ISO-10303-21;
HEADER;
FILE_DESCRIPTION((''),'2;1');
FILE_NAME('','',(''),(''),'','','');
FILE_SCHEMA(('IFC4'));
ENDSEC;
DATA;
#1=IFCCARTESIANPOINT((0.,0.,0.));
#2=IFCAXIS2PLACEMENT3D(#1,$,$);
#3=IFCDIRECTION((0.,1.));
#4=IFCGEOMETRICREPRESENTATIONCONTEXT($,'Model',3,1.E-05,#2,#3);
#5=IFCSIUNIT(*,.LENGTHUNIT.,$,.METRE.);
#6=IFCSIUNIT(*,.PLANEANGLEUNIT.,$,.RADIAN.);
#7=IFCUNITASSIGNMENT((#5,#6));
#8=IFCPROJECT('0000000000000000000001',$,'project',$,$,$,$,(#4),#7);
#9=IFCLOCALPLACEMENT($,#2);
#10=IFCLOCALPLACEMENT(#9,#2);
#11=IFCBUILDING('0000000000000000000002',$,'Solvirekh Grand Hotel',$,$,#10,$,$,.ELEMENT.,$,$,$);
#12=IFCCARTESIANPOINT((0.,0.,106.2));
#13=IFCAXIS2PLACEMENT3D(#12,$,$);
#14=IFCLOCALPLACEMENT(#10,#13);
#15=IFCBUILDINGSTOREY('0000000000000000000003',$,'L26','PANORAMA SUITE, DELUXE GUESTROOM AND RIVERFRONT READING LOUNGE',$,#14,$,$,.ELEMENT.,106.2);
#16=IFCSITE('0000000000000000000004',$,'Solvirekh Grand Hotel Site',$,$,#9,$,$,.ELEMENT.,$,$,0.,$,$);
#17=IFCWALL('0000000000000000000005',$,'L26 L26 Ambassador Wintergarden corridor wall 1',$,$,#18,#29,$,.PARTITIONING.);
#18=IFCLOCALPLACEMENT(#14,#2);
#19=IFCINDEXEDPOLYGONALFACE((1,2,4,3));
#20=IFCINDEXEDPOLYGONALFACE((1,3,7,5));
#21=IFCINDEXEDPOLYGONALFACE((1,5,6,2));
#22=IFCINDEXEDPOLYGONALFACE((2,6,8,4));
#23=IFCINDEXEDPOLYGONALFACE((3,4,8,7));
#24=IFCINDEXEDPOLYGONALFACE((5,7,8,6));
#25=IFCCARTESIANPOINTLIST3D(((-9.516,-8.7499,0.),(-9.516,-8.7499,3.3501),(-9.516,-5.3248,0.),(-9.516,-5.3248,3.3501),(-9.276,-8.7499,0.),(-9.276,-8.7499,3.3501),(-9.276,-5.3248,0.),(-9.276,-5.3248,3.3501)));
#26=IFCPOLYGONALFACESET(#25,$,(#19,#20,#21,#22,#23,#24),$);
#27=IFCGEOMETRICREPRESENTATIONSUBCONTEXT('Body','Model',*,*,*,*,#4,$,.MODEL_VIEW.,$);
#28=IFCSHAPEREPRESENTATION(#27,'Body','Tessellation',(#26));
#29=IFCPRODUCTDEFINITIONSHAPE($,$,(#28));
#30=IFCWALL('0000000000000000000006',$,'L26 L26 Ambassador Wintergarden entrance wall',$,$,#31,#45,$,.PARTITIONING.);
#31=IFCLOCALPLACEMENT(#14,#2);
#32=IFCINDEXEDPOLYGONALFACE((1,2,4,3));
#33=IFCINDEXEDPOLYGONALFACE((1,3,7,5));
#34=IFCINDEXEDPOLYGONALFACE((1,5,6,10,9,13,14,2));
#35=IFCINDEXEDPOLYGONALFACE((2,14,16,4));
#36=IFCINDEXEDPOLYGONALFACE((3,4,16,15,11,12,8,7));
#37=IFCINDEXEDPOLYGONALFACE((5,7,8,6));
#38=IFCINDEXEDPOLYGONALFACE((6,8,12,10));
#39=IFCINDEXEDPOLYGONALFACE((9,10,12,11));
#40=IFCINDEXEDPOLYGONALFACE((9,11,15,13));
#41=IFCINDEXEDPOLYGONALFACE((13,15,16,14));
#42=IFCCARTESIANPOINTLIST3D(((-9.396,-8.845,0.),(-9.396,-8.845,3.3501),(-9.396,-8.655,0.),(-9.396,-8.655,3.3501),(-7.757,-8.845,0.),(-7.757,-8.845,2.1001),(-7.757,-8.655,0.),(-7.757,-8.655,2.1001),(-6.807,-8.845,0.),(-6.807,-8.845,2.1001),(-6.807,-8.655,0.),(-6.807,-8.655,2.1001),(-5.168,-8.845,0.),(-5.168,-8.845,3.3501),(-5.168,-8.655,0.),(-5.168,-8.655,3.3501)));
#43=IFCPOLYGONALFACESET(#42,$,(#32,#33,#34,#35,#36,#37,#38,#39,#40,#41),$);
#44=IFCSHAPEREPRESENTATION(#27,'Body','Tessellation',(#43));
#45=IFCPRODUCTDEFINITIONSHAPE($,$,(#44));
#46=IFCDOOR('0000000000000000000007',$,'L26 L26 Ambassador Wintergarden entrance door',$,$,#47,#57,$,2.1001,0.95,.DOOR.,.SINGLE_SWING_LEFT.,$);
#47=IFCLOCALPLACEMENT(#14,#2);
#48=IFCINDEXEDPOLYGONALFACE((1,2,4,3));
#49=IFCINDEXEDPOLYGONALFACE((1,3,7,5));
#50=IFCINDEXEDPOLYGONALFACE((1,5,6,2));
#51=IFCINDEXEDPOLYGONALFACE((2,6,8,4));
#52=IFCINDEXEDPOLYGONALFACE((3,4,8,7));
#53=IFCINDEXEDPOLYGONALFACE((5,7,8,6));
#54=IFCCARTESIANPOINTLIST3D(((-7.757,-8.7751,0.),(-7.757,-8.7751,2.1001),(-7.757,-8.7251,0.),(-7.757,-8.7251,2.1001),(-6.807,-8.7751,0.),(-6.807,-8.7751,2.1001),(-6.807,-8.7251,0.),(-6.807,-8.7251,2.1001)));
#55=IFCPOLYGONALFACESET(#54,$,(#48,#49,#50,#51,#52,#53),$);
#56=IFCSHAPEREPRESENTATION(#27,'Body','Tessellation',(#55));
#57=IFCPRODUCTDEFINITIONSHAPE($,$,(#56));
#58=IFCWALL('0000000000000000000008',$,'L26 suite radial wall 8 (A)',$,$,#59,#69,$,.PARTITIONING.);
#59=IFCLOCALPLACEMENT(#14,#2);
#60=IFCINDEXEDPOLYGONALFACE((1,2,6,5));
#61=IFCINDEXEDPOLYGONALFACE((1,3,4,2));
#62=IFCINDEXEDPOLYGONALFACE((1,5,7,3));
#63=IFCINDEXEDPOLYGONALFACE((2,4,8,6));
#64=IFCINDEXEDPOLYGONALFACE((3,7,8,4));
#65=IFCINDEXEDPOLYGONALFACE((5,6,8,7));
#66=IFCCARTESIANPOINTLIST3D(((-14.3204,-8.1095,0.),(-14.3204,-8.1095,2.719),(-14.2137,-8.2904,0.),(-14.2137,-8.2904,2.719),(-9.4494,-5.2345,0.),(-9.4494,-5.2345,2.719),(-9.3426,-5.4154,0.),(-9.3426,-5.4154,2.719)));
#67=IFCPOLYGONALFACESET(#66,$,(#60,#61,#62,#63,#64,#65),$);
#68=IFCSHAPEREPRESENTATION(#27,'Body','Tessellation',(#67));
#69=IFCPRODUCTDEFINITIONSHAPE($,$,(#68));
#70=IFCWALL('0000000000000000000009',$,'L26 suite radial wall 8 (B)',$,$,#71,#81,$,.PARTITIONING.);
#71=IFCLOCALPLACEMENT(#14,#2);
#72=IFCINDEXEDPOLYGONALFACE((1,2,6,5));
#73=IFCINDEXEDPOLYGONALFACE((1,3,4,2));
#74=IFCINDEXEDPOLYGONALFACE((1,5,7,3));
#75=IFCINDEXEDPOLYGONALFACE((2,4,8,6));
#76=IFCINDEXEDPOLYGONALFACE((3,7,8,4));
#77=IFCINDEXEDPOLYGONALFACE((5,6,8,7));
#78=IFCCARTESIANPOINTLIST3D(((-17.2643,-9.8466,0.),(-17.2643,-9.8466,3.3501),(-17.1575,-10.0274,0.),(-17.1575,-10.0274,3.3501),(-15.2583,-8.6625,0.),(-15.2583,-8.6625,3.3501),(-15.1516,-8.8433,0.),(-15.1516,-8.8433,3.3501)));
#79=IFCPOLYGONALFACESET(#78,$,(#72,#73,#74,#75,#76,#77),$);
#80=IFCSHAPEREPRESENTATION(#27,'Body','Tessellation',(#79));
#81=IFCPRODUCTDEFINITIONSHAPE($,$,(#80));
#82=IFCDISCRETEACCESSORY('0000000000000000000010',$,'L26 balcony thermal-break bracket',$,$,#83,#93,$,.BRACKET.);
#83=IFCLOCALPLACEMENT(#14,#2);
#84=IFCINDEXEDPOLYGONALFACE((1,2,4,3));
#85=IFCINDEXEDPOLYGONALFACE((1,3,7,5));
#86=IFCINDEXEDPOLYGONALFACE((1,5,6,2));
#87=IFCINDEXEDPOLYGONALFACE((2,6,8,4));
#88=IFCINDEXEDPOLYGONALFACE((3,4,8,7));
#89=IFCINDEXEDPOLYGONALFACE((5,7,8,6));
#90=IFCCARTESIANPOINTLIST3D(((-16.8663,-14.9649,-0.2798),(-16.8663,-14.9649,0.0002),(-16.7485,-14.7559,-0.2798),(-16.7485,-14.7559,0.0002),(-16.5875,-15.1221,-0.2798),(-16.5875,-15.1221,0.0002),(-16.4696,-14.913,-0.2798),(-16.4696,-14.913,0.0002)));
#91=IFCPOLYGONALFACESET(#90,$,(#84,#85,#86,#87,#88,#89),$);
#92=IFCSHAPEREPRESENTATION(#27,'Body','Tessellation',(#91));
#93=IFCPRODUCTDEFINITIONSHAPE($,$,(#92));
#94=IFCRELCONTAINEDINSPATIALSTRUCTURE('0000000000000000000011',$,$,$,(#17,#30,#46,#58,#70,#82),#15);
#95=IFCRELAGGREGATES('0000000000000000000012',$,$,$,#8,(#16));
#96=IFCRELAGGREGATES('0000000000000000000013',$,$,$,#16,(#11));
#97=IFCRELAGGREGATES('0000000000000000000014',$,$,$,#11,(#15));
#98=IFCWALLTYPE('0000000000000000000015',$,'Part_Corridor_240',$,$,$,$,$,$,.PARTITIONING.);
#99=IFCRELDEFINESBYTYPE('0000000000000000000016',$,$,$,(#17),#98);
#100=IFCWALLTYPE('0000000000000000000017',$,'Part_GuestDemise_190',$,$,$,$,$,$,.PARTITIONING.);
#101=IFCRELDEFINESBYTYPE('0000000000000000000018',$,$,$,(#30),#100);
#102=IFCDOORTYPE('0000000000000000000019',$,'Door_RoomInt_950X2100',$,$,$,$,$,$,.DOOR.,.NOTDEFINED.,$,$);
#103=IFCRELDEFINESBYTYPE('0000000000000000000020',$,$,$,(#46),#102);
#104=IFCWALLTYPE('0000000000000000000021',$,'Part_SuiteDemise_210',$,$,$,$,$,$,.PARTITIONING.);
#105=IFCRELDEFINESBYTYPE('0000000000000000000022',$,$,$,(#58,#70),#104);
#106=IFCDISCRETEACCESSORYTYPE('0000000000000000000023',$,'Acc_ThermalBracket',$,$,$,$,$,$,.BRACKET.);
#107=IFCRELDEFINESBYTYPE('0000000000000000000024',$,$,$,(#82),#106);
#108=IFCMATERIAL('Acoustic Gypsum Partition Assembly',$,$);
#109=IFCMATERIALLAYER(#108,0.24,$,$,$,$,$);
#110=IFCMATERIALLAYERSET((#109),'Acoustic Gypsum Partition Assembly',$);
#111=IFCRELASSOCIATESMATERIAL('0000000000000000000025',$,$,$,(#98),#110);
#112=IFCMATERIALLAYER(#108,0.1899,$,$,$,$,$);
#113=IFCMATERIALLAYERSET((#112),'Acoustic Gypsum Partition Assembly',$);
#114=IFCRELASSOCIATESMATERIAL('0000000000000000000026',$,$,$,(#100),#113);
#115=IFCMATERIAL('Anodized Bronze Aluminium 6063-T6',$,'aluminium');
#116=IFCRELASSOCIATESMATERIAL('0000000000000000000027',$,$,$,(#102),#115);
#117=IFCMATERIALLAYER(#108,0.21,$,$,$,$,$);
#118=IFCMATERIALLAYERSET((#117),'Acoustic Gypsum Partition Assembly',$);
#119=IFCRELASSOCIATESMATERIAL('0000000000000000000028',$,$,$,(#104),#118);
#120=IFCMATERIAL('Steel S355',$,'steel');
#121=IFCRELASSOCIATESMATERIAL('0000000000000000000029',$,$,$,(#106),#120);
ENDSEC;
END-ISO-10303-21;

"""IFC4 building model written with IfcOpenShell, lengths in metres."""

from ifc_helpers import new_model, si_unit, direction, frame, frame_2d, origin, origin_2d, place, context, subcontext, project, spatial, rectangle, extrude, material, layer, layer_set, type_object, element, fill, save


model = new_model("IFC4")

# Units and contexts
model_context = context("Model", 3, precision=1e-05, world=origin(), true_north=direction((0.0, 1.0)))
body_context = subcontext(model_context, "Body", "Model", "MODEL_VIEW")
ifc_project = project(units=[si_unit("LENGTHUNIT", "METRE"), si_unit("PLANEANGLEUNIT", "RADIAN")], contexts=[model_context])

# Site, building, storey
site_placement = place(None, origin())
site = spatial("IfcSite", under=ifc_project, at=site_placement, Name="Solvirekh Grand Hotel Site", CompositionType="ELEMENT", RefElevation=0.0)
building_placement = place(site_placement, origin())
building = spatial("IfcBuilding", under=site, at=building_placement, Name="Solvirekh Grand Hotel", CompositionType="ELEMENT")
storey_placement = place(building_placement, frame((0.0, 0.0, 106.2)))
storey = spatial("IfcBuildingStorey", under=building, at=storey_placement, Name="L26", Description="PANORAMA SUITE, DELUXE GUESTROOM AND RIVERFRONT READING LOUNGE", CompositionType="ELEMENT", Elevation=106.2)

# Shared definitions
ifc_material_1 = material(Name="Steel S355", Category="steel")

# Shared definitions
ifc_material_2 = material(Name="Anodized Bronze Aluminium 6063-T6", Category="aluminium")

# Wall
ifc_material_3 = material(Name="Acoustic Gypsum Partition Assembly")
ifc_layer_1 = layer(ifc_material_3, 0.24)
ifc_layer_set_1 = layer_set([ifc_layer_1], Name="Acoustic Gypsum Partition Assembly")
wall_type_1 = type_object("IfcWallType", Name="Part_Corridor_240", PredefinedType="PARTITIONING", material=ifc_layer_set_1)
wall_1_placement = place(storey_placement, frame((-9.396, -5.325, 0.0), z_axis=(0.0, 0.0, 1.0), x_axis=(0.0, -1.0, 0.0)))
element("IfcWall", 1, at=wall_1_placement, inside=storey, type_object=wall_type_1, Name="L26 L26 Ambassador Wintergarden corridor wall 1", PredefinedType="PARTITIONING", context=body_context, shape_type="SweptSolid", body=[
    extrude(rectangle(XDim=3.425, YDim=0.24, at=frame_2d((1.7124, 0.0))), origin(), (0.0, 0.0, 1.0), 3.3501),
])

# Wall, opening, door
ifc_layer_2 = layer(ifc_material_3, 0.1899)
ifc_layer_set_2 = layer_set([ifc_layer_2], Name="Acoustic Gypsum Partition Assembly")
wall_type_2 = type_object("IfcWallType", Name="Part_GuestDemise_190", PredefinedType="PARTITIONING", material=ifc_layer_set_2)
wall_2_placement = place(storey_placement, frame((-9.396, -8.75, 0.0), z_axis=(0.0, 0.0, 1.0), x_axis=(1.0, 0.0, 0.0)))
wall_2 = element("IfcWall", 2, at=wall_2_placement, inside=storey, type_object=wall_type_2, Name="L26 L26 Ambassador Wintergarden entrance wall", PredefinedType="PARTITIONING", context=body_context, shape_type="SweptSolid", body=[
    extrude(rectangle(XDim=4.228, YDim=0.1899, at=frame_2d((2.114, 0.0))), origin(), (0.0, 0.0, 1.0), 3.3501),
])
opening_1_placement = place(wall_2_placement, frame((1.6389, 0.0, 0.0)))
opening_1 = element("IfcOpeningElement", 3, at=opening_1_placement, cuts=wall_2, PredefinedType="OPENING", context=body_context, shape_type="SweptSolid", body=[
    extrude(rectangle(XDim=0.95, YDim=2.1001, at=frame_2d((0.4751, 1.05))), frame((0.0, 0.105, 0.0), z_axis=(0.0, -1.0, 0.0), x_axis=(1.0, 0.0, 0.0)), (0.0, 0.0, 1.0), 0.21),
])
door_type_1 = type_object("IfcDoorType", Name="Door_RoomInt_950X2100", OperationType="NOTDEFINED", PredefinedType="DOOR", material=ifc_material_2)
door_1_placement = place(opening_1_placement, origin())
door_1 = element("IfcDoor", 4, at=door_1_placement, inside=storey, type_object=door_type_1, Name="L26 L26 Ambassador Wintergarden entrance door", OperationType="SINGLE_SWING_LEFT", OverallHeight=2.1001, OverallWidth=0.95, PredefinedType="DOOR", context=body_context, shape_type="SweptSolid", body=[
    extrude(rectangle(XDim=0.95, YDim=2.1001, at=frame_2d((0.4751, 1.05))), frame((0.0, 0.0249, 0.0), z_axis=(0.0, -1.0, 0.0), x_axis=(1.0, 0.0, 0.0)), (0.0, 0.0, 1.0), 0.05),
])
fill(opening_1, door_1)

# Walls
ifc_layer_3 = layer(ifc_material_3, 0.21)
ifc_layer_set_3 = layer_set([ifc_layer_3], Name="Acoustic Gypsum Partition Assembly")
wall_type_3 = type_object("IfcWallType", Name="Part_SuiteDemise_210", PredefinedType="PARTITIONING", material=ifc_layer_set_3)
wall_3_placement = place(storey_placement, frame((-9.396, -5.325, 0.0), z_axis=(0.0, 0.0, 1.0), x_axis=(-0.861188, -0.508287, 0.0)))
element("IfcWall", 5, at=wall_3_placement, inside=storey, type_object=wall_type_3, Name="L26 suite radial wall 8 (A)", PredefinedType="PARTITIONING", context=body_context, shape_type="SweptSolid", body=[
    extrude(rectangle(XDim=5.6562, YDim=0.21, at=frame_2d((2.8281, 0.0))), origin(), (0.0, 0.0, 1.0), 2.719),
])
wall_4_placement = place(storey_placement, frame((-15.2051, -8.7529, 0.0), z_axis=(0.0, 0.0, 1.0), x_axis=(-0.861152, -0.508348, 0.0)))
element("IfcWall", 6, at=wall_4_placement, inside=storey, type_object=wall_type_3, Name="L26 suite radial wall 8 (B)", PredefinedType="PARTITIONING", context=body_context, shape_type="SweptSolid", body=[
    extrude(rectangle(XDim=2.3293, YDim=0.21, at=frame_2d((1.1646, 0.0))), origin(), (0.0, 0.0, 1.0), 3.3501),
])

# Discrete accessory
discrete_accessory_type = type_object("IfcDiscreteAccessoryType", Name="Acc_ThermalBracket", PredefinedType="BRACKET", material=ifc_material_1)
discrete_accessory_placement = place(storey_placement, frame((-16.668, -14.939, -0.2798), z_axis=(0.0, 0.0, 1.0), x_axis=(0.871214, -0.490904, 0.0)))
element("IfcDiscreteAccessory", 7, at=discrete_accessory_placement, inside=storey, type_object=discrete_accessory_type, Name="L26 balcony thermal-break bracket", PredefinedType="BRACKET", context=body_context, shape_type="SweptSolid", body=[
    extrude(rectangle(XDim=0.3201, YDim=0.24, at=origin_2d()), origin(), (0.0, 0.0, 1.0), 0.28),
])

save(model, "model.ifc")
